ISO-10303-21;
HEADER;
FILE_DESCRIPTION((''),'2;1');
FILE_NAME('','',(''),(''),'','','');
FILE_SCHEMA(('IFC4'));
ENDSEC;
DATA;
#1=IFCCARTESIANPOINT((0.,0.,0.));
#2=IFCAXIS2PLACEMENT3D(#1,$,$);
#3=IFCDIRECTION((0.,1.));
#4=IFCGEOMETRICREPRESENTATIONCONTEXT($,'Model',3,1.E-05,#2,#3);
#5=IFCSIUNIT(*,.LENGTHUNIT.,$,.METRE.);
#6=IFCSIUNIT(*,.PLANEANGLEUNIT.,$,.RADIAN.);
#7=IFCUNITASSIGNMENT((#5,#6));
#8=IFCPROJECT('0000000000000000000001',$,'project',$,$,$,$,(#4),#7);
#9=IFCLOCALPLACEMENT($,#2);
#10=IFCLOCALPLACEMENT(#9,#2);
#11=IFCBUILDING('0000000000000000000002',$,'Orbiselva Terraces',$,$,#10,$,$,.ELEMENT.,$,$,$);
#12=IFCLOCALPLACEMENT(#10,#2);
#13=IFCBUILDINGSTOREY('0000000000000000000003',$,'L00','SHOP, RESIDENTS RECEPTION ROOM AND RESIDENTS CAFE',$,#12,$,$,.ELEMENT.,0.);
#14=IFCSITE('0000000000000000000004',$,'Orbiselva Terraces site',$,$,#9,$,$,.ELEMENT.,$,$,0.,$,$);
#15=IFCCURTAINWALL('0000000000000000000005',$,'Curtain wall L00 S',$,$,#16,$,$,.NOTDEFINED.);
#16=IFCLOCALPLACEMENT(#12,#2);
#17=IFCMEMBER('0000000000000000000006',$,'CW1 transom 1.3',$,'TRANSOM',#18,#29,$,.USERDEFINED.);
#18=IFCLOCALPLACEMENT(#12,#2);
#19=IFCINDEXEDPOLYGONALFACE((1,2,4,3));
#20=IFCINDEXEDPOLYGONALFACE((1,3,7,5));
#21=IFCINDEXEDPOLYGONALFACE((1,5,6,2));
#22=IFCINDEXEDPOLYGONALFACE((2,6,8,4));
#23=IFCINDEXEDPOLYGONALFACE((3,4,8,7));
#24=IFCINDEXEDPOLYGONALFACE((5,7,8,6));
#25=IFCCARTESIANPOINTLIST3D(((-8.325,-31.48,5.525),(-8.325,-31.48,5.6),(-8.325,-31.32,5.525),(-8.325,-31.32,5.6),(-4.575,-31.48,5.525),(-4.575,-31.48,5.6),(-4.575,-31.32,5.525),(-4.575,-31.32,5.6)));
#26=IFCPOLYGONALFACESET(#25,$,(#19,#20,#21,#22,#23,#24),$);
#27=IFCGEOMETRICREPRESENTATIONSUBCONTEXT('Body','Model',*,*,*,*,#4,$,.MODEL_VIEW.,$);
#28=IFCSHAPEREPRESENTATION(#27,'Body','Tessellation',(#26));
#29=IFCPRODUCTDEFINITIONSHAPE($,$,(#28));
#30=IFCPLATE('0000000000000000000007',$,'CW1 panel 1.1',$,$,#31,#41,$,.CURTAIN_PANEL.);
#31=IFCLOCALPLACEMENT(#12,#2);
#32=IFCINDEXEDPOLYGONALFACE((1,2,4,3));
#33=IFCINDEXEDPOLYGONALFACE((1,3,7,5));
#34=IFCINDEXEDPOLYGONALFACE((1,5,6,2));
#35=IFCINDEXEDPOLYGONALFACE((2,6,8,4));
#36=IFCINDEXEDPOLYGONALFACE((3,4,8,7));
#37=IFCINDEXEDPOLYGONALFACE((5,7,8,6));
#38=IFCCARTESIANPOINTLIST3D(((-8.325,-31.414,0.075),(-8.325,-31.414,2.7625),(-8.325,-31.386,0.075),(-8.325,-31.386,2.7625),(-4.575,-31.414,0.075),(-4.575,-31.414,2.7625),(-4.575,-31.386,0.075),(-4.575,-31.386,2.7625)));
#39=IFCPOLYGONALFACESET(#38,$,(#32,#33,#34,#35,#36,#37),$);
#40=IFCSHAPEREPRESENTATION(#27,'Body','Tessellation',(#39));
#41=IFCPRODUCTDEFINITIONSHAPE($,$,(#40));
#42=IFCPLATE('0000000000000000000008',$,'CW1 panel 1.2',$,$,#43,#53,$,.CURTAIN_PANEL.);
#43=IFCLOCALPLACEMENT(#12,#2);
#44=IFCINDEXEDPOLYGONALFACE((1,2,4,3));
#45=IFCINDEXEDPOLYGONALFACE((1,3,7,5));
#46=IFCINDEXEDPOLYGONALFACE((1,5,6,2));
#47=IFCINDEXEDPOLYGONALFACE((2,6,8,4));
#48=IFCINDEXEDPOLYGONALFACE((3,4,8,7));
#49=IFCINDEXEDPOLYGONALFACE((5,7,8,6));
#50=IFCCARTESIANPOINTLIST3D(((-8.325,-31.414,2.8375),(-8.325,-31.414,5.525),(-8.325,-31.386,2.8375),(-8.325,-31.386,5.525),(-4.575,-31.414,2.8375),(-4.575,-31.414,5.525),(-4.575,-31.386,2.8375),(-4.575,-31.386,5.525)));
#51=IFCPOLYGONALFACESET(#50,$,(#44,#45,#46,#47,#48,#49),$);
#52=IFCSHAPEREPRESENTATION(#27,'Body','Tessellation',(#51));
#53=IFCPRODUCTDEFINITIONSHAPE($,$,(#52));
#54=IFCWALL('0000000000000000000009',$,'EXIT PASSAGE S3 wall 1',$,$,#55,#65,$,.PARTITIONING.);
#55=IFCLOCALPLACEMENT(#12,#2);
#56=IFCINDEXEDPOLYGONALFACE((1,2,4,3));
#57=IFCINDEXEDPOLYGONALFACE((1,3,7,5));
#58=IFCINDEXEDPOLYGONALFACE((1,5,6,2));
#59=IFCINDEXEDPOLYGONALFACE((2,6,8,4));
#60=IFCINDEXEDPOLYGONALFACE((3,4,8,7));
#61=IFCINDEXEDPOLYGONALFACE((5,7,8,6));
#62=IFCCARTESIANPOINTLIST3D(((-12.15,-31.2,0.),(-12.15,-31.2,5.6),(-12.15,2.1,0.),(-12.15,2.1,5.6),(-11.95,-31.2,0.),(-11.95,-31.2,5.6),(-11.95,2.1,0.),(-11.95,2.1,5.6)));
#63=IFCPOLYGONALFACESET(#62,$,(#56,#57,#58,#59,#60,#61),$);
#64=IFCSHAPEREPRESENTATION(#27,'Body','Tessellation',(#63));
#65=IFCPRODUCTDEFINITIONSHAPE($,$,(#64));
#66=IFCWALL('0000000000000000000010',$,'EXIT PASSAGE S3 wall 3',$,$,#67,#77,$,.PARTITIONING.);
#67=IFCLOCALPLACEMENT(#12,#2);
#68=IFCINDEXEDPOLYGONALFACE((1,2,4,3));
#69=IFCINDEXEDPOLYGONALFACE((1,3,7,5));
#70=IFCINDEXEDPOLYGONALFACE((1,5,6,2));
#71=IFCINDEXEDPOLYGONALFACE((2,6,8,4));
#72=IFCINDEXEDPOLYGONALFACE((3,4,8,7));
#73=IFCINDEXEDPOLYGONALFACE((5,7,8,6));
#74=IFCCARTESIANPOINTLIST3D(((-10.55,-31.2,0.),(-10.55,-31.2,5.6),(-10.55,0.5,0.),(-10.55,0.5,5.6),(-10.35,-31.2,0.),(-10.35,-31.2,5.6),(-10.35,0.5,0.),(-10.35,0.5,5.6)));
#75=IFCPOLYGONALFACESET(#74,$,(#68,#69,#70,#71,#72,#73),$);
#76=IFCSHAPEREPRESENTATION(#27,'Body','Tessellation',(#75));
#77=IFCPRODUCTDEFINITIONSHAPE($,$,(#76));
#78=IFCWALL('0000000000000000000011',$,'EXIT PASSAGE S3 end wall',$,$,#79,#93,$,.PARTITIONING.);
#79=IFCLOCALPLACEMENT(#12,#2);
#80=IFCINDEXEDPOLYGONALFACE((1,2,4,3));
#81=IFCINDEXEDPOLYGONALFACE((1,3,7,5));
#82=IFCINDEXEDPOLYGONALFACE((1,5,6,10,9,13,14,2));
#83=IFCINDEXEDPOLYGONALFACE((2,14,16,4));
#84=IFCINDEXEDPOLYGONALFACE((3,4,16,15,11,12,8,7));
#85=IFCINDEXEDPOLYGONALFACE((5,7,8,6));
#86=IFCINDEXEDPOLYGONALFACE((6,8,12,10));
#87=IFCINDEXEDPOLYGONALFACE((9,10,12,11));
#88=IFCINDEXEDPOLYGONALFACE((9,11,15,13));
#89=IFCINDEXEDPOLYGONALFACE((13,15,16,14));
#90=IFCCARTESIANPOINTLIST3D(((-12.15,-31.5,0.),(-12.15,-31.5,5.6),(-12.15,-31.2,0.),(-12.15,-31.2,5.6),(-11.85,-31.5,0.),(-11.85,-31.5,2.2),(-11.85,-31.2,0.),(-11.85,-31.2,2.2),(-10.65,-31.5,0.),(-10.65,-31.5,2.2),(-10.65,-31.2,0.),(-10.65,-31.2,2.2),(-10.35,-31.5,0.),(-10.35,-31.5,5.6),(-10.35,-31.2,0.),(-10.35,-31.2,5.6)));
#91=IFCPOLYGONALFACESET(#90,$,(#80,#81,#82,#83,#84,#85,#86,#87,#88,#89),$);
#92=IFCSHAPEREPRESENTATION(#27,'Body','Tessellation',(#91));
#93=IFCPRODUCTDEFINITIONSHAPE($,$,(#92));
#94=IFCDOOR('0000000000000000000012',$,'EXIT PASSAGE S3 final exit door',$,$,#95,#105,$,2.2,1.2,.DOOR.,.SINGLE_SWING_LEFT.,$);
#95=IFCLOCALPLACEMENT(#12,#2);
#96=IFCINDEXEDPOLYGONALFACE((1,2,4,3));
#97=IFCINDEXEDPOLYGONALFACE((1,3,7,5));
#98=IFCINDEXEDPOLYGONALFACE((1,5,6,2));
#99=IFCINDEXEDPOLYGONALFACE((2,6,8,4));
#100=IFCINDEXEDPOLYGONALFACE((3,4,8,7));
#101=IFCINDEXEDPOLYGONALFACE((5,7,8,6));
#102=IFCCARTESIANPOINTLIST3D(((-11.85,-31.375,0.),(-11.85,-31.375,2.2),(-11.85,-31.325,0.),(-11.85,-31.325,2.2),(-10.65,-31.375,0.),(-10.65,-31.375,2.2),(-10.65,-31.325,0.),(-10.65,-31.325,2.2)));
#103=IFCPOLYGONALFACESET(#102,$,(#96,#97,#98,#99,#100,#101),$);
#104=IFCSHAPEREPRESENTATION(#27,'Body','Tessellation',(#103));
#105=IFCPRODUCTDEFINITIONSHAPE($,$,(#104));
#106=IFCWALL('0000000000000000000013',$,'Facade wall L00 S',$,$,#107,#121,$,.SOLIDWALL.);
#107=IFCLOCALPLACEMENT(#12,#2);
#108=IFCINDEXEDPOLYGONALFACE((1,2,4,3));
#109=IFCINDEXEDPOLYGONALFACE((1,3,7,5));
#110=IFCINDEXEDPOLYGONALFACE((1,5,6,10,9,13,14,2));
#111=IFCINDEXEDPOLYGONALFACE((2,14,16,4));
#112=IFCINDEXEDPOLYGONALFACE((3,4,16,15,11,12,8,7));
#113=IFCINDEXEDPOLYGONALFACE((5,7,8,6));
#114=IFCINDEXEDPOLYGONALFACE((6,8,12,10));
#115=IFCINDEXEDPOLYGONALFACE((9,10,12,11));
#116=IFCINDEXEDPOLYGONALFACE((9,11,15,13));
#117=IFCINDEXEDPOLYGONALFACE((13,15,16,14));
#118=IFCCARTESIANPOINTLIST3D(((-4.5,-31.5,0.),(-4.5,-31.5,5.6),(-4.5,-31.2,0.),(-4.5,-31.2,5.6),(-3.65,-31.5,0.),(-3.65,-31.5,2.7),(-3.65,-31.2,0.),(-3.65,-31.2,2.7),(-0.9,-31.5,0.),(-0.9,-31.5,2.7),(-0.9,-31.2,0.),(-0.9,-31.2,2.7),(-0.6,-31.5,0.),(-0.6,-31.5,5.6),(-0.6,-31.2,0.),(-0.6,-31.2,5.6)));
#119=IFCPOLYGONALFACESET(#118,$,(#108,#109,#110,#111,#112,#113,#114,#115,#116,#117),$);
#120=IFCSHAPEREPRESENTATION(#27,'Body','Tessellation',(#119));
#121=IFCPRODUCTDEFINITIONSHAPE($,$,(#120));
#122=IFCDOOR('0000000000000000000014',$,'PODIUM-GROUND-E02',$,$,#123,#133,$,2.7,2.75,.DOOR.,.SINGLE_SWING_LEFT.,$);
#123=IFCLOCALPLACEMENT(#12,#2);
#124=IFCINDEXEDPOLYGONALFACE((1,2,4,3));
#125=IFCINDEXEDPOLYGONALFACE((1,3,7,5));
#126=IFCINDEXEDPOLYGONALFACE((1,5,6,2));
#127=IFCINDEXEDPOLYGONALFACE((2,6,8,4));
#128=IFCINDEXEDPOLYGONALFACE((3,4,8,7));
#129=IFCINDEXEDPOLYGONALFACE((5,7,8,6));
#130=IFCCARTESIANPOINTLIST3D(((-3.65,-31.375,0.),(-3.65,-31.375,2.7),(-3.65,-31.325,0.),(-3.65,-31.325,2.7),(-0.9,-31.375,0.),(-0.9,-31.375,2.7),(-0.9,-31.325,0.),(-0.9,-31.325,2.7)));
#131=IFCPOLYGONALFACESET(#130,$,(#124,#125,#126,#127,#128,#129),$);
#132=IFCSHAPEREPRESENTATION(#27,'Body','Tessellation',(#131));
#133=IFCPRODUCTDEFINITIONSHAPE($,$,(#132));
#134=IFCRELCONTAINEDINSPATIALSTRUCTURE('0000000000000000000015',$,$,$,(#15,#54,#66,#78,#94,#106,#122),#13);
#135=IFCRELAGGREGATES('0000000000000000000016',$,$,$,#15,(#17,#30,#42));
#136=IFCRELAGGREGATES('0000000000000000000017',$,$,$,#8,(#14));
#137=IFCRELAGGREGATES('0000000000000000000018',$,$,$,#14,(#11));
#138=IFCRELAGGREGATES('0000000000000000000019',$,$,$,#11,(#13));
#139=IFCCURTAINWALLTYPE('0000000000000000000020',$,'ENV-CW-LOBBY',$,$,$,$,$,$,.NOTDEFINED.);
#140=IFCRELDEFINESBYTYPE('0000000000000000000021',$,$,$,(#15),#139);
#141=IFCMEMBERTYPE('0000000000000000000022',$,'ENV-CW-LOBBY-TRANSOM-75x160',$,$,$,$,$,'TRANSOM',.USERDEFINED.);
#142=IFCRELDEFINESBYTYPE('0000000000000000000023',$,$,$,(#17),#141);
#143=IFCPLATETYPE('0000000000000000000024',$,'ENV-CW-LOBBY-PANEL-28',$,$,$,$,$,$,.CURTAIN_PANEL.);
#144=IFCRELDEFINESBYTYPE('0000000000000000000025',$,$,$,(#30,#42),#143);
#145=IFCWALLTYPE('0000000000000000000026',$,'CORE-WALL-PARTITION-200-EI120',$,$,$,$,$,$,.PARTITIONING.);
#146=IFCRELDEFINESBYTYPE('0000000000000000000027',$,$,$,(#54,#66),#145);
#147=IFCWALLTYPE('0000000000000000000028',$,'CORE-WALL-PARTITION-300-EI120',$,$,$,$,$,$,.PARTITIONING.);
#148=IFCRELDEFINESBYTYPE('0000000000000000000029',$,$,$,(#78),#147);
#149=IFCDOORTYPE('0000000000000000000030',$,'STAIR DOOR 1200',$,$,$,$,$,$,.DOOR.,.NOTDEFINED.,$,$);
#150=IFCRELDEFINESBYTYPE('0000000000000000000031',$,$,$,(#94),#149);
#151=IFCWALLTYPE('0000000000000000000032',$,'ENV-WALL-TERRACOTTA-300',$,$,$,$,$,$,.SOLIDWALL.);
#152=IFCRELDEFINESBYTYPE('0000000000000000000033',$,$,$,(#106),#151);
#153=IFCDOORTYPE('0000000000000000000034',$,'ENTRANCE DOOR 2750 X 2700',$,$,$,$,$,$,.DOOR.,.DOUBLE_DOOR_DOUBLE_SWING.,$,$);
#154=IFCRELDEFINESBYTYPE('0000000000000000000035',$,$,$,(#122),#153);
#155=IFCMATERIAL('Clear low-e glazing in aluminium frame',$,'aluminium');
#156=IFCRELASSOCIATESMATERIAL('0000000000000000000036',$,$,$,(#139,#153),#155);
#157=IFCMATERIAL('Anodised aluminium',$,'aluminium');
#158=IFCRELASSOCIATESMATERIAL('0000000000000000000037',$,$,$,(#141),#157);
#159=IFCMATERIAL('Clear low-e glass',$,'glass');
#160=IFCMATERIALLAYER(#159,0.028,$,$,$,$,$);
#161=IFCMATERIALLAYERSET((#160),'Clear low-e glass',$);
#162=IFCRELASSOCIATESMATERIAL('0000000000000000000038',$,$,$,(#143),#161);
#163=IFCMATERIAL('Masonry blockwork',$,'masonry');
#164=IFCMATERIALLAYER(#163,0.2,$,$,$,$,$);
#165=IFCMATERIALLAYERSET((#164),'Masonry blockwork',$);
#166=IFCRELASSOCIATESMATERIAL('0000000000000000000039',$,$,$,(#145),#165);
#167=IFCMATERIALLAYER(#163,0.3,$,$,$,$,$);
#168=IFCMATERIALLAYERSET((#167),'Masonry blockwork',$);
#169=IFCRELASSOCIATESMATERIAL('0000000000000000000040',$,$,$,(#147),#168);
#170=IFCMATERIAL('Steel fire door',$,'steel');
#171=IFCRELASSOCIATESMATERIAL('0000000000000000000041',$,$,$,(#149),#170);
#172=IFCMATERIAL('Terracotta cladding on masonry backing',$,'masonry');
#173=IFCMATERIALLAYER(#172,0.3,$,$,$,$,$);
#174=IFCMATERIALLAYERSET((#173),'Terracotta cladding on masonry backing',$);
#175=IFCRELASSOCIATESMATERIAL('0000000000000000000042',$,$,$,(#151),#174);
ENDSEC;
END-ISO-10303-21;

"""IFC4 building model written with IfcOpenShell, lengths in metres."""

from ifc_helpers import new_model, si_unit, direction, frame, frame_2d, origin, origin_2d, place, context, subcontext, project, spatial, rectangle, extrude, material, layer, layer_set, material_profile, profile_set, type_object, element, fill, aggregate, save


model = new_model("IFC4")

# Units and contexts
model_context = context("Model", 3, precision=1e-05, world=origin(), true_north=direction((0.0, 1.0)))
body_context = subcontext(model_context, "Body", "Model", "MODEL_VIEW")
ifc_project = project(units=[si_unit("LENGTHUNIT", "METRE"), si_unit("PLANEANGLEUNIT", "RADIAN")], contexts=[model_context])

# Site, building, storey
site_placement = place(None, origin())
site = spatial("IfcSite", under=ifc_project, at=site_placement, Name="Orbiselva Terraces site", CompositionType="ELEMENT", RefElevation=0.0)
building_placement = place(site_placement, origin())
building = spatial("IfcBuilding", under=site, at=building_placement, Name="Orbiselva Terraces", CompositionType="ELEMENT")
storey_placement = place(building_placement, origin())
storey = spatial("IfcBuildingStorey", under=building, at=storey_placement, Name="L00", Description="SHOP, RESIDENTS RECEPTION ROOM AND RESIDENTS CAFE", CompositionType="ELEMENT", Elevation=0.0)

# Curtain wall, member, plates
ifc_material_1 = material(Name="Clear low-e glazing in aluminium frame", Category="aluminium")
curtain_wall_type = type_object("IfcCurtainWallType", Name="ENV-CW-LOBBY", PredefinedType="NOTDEFINED", material=ifc_material_1)
curtain_wall_placement = place(storey_placement, origin())
curtain_wall = element("IfcCurtainWall", 1, at=curtain_wall_placement, inside=storey, type_object=curtain_wall_type, Name="Curtain wall L00 S", PredefinedType="NOTDEFINED")
ifc_material_2 = material(Name="Anodised aluminium", Category="aluminium")
ifc_material_profile_1 = material_profile(ifc_material_2, rectangle(XDim=0.16, YDim=0.075, at=origin_2d()), Name="AL 75x160")
ifc_profile_set_1 = profile_set([ifc_material_profile_1], Name="Anodised aluminium")
member_type_1 = type_object("IfcMemberType", Name="ENV-CW-LOBBY-TRANSOM-75x160", ElementType="TRANSOM", PredefinedType="USERDEFINED", material=ifc_profile_set_1)
member_1_placement = place(storey_placement, frame((-8.325, -31.4, 5.5625), z_axis=(1.0, 0.0, 0.0), x_axis=(0.0, 1.0, 0.0)))
member_1 = element("IfcMember", 2, at=member_1_placement, type_object=member_type_1, Name="CW1 transom 1.3", ObjectType="TRANSOM", PredefinedType="USERDEFINED", context=body_context, shape_type="SweptSolid", body=[
    extrude(rectangle(XDim=0.16, YDim=0.075, at=origin_2d()), origin(), (0.0, 0.0, 1.0), 3.75),
])
ifc_material_3 = material(Name="Clear low-e glass", Category="glass")
ifc_layer_1 = layer(ifc_material_3, 0.028)
ifc_layer_set_1 = layer_set([ifc_layer_1], Name="Clear low-e glass")
plate_type = type_object("IfcPlateType", Name="ENV-CW-LOBBY-PANEL-28", PredefinedType="CURTAIN_PANEL", material=ifc_layer_set_1)
plate_1_placement = place(storey_placement, frame((-6.45, -31.4, 0.075), z_axis=(0.0, 0.0, 1.0), x_axis=(1.0, 0.0, 0.0)))
plate_1 = element("IfcPlate", 3, at=plate_1_placement, type_object=plate_type, Name="CW1 panel 1.1", PredefinedType="CURTAIN_PANEL", context=body_context, shape_type="SweptSolid", body=[
    extrude(rectangle(XDim=3.75, YDim=0.028, at=origin_2d()), origin(), (0.0, 0.0, 1.0), 2.6875),
])
plate_2_placement = place(storey_placement, frame((-6.45, -31.4, 2.8375), z_axis=(0.0, 0.0, 1.0), x_axis=(1.0, 0.0, 0.0)))
plate_2 = element("IfcPlate", 4, at=plate_2_placement, type_object=plate_type, Name="CW1 panel 1.2", PredefinedType="CURTAIN_PANEL", context=body_context, shape_type="SweptSolid", body=[
    extrude(rectangle(XDim=3.75, YDim=0.028, at=origin_2d()), origin(), (0.0, 0.0, 1.0), 2.6875),
])
aggregate(curtain_wall, [member_1, plate_1, plate_2])

# Walls
ifc_material_4 = material(Name="Masonry blockwork", Category="masonry")
ifc_layer_2 = layer(ifc_material_4, 0.2)
ifc_layer_set_2 = layer_set([ifc_layer_2], Name="Masonry blockwork")
wall_type_1 = type_object("IfcWallType", Name="CORE-WALL-PARTITION-200-EI120", PredefinedType="PARTITIONING", material=ifc_layer_set_2)
wall_1_placement = place(storey_placement, frame((-12.05, -31.2, 0.0), z_axis=(0.0, 0.0, 1.0), x_axis=(0.0, 1.0, 0.0)))
element("IfcWall", 5, at=wall_1_placement, inside=storey, type_object=wall_type_1, Name="EXIT PASSAGE S3 wall 1", PredefinedType="PARTITIONING", context=body_context, shape_type="SweptSolid", body=[
    extrude(rectangle(XDim=33.3, YDim=0.2, at=frame_2d((16.65, 0.0))), origin(), (0.0, 0.0, 1.0), 5.6),
])
wall_2_placement = place(storey_placement, frame((-10.45, -31.2, 0.0), z_axis=(0.0, 0.0, 1.0), x_axis=(0.0, 1.0, 0.0)))
element("IfcWall", 6, at=wall_2_placement, inside=storey, type_object=wall_type_1, Name="EXIT PASSAGE S3 wall 3", PredefinedType="PARTITIONING", context=body_context, shape_type="SweptSolid", body=[
    extrude(rectangle(XDim=31.7, YDim=0.2, at=frame_2d((15.85, 0.0))), origin(), (0.0, 0.0, 1.0), 5.6),
])

# Walls, openings, doors
ifc_layer_3 = layer(ifc_material_4, 0.3)
ifc_layer_set_3 = layer_set([ifc_layer_3], Name="Masonry blockwork")
wall_type_2 = type_object("IfcWallType", Name="CORE-WALL-PARTITION-300-EI120", PredefinedType="PARTITIONING", material=ifc_layer_set_3)
wall_3_placement = place(storey_placement, frame((-10.35, -31.35, 0.0), z_axis=(0.0, 0.0, 1.0), x_axis=(-1.0, 0.0, 0.0)))
wall_3 = element("IfcWall", 7, at=wall_3_placement, inside=storey, type_object=wall_type_2, Name="EXIT PASSAGE S3 end wall", PredefinedType="PARTITIONING", context=body_context, shape_type="SweptSolid", body=[
    extrude(rectangle(XDim=1.8, YDim=0.3, at=frame_2d((0.9, 0.0))), origin(), (0.0, 0.0, 1.0), 5.6),
])
opening_1_placement = place(wall_3_placement, frame((0.3, 0.0, 0.0)))
opening_1 = element("IfcOpeningElement", 8, at=opening_1_placement, cuts=wall_3, PredefinedType="OPENING", context=body_context, shape_type="SweptSolid", body=[
    extrude(rectangle(XDim=1.2, YDim=2.2, at=frame_2d((0.6, 1.1))), frame((0.0, 0.16, 0.0), z_axis=(0.0, -1.0, 0.0), x_axis=(1.0, 0.0, 0.0)), (0.0, 0.0, 1.0), 0.32),
])
ifc_material_5 = material(Name="Steel fire door", Category="steel")
door_type_1 = type_object("IfcDoorType", Name="STAIR DOOR 1200", OperationType="NOTDEFINED", PredefinedType="DOOR", material=ifc_material_5)
door_1_placement = place(opening_1_placement, origin())
door_1 = element("IfcDoor", 9, at=door_1_placement, inside=storey, type_object=door_type_1, Name="EXIT PASSAGE S3 final exit door", OperationType="SINGLE_SWING_LEFT", OverallHeight=2.2, OverallWidth=1.2, PredefinedType="DOOR", context=body_context, shape_type="SweptSolid", body=[
    extrude(rectangle(XDim=1.2, YDim=2.2, at=frame_2d((0.6, 1.1))), frame((0.0, 0.025, 0.0), z_axis=(0.0, -1.0, 0.0), x_axis=(1.0, 0.0, 0.0)), (0.0, 0.0, 1.0), 0.05),
])
fill(opening_1, door_1)
ifc_material_6 = material(Name="Terracotta cladding on masonry backing", Category="masonry")
ifc_layer_4 = layer(ifc_material_6, 0.3)
ifc_layer_set_4 = layer_set([ifc_layer_4], Name="Terracotta cladding on masonry backing")
wall_type_3 = type_object("IfcWallType", Name="ENV-WALL-TERRACOTTA-300", PredefinedType="SOLIDWALL", material=ifc_layer_set_4)
wall_4_placement = place(storey_placement, frame((-0.6, -31.35, 0.0), z_axis=(0.0, 0.0, 1.0), x_axis=(-1.0, 0.0, 0.0)))
wall_4 = element("IfcWall", 10, at=wall_4_placement, inside=storey, type_object=wall_type_3, Name="Facade wall L00 S", PredefinedType="SOLIDWALL", context=body_context, shape_type="SweptSolid", body=[
    extrude(rectangle(XDim=3.9, YDim=0.3, at=frame_2d((1.95, 0.0))), origin(), (0.0, 0.0, 1.0), 5.6),
])
opening_2_placement = place(wall_4_placement, frame((0.3, 0.0, 0.0)))
opening_2 = element("IfcOpeningElement", 11, at=opening_2_placement, cuts=wall_4, PredefinedType="OPENING", context=body_context, shape_type="SweptSolid", body=[
    extrude(rectangle(XDim=2.75, YDim=2.7, at=frame_2d((1.375, 1.35))), frame((0.0, 0.16, 0.0), z_axis=(0.0, -1.0, 0.0), x_axis=(1.0, 0.0, 0.0)), (0.0, 0.0, 1.0), 0.32),
])
door_type_2 = type_object("IfcDoorType", Name="ENTRANCE DOOR 2750 X 2700", OperationType="DOUBLE_DOOR_DOUBLE_SWING", PredefinedType="DOOR", material=ifc_material_1)
door_2_placement = place(opening_2_placement, origin())
door_2 = element("IfcDoor", 12, at=door_2_placement, inside=storey, type_object=door_type_2, Name="PODIUM-GROUND-E02", OperationType="SINGLE_SWING_LEFT", OverallHeight=2.7, OverallWidth=2.75, PredefinedType="DOOR", context=body_context, shape_type="SweptSolid", body=[
    extrude(rectangle(XDim=2.75, YDim=2.7, at=frame_2d((1.375, 1.35))), frame((0.0, 0.025, 0.0), z_axis=(0.0, -1.0, 0.0), x_axis=(1.0, 0.0, 0.0)), (0.0, 0.0, 1.0), 0.05),
])
fill(opening_2, door_2)

save(model, "model.ifc")
